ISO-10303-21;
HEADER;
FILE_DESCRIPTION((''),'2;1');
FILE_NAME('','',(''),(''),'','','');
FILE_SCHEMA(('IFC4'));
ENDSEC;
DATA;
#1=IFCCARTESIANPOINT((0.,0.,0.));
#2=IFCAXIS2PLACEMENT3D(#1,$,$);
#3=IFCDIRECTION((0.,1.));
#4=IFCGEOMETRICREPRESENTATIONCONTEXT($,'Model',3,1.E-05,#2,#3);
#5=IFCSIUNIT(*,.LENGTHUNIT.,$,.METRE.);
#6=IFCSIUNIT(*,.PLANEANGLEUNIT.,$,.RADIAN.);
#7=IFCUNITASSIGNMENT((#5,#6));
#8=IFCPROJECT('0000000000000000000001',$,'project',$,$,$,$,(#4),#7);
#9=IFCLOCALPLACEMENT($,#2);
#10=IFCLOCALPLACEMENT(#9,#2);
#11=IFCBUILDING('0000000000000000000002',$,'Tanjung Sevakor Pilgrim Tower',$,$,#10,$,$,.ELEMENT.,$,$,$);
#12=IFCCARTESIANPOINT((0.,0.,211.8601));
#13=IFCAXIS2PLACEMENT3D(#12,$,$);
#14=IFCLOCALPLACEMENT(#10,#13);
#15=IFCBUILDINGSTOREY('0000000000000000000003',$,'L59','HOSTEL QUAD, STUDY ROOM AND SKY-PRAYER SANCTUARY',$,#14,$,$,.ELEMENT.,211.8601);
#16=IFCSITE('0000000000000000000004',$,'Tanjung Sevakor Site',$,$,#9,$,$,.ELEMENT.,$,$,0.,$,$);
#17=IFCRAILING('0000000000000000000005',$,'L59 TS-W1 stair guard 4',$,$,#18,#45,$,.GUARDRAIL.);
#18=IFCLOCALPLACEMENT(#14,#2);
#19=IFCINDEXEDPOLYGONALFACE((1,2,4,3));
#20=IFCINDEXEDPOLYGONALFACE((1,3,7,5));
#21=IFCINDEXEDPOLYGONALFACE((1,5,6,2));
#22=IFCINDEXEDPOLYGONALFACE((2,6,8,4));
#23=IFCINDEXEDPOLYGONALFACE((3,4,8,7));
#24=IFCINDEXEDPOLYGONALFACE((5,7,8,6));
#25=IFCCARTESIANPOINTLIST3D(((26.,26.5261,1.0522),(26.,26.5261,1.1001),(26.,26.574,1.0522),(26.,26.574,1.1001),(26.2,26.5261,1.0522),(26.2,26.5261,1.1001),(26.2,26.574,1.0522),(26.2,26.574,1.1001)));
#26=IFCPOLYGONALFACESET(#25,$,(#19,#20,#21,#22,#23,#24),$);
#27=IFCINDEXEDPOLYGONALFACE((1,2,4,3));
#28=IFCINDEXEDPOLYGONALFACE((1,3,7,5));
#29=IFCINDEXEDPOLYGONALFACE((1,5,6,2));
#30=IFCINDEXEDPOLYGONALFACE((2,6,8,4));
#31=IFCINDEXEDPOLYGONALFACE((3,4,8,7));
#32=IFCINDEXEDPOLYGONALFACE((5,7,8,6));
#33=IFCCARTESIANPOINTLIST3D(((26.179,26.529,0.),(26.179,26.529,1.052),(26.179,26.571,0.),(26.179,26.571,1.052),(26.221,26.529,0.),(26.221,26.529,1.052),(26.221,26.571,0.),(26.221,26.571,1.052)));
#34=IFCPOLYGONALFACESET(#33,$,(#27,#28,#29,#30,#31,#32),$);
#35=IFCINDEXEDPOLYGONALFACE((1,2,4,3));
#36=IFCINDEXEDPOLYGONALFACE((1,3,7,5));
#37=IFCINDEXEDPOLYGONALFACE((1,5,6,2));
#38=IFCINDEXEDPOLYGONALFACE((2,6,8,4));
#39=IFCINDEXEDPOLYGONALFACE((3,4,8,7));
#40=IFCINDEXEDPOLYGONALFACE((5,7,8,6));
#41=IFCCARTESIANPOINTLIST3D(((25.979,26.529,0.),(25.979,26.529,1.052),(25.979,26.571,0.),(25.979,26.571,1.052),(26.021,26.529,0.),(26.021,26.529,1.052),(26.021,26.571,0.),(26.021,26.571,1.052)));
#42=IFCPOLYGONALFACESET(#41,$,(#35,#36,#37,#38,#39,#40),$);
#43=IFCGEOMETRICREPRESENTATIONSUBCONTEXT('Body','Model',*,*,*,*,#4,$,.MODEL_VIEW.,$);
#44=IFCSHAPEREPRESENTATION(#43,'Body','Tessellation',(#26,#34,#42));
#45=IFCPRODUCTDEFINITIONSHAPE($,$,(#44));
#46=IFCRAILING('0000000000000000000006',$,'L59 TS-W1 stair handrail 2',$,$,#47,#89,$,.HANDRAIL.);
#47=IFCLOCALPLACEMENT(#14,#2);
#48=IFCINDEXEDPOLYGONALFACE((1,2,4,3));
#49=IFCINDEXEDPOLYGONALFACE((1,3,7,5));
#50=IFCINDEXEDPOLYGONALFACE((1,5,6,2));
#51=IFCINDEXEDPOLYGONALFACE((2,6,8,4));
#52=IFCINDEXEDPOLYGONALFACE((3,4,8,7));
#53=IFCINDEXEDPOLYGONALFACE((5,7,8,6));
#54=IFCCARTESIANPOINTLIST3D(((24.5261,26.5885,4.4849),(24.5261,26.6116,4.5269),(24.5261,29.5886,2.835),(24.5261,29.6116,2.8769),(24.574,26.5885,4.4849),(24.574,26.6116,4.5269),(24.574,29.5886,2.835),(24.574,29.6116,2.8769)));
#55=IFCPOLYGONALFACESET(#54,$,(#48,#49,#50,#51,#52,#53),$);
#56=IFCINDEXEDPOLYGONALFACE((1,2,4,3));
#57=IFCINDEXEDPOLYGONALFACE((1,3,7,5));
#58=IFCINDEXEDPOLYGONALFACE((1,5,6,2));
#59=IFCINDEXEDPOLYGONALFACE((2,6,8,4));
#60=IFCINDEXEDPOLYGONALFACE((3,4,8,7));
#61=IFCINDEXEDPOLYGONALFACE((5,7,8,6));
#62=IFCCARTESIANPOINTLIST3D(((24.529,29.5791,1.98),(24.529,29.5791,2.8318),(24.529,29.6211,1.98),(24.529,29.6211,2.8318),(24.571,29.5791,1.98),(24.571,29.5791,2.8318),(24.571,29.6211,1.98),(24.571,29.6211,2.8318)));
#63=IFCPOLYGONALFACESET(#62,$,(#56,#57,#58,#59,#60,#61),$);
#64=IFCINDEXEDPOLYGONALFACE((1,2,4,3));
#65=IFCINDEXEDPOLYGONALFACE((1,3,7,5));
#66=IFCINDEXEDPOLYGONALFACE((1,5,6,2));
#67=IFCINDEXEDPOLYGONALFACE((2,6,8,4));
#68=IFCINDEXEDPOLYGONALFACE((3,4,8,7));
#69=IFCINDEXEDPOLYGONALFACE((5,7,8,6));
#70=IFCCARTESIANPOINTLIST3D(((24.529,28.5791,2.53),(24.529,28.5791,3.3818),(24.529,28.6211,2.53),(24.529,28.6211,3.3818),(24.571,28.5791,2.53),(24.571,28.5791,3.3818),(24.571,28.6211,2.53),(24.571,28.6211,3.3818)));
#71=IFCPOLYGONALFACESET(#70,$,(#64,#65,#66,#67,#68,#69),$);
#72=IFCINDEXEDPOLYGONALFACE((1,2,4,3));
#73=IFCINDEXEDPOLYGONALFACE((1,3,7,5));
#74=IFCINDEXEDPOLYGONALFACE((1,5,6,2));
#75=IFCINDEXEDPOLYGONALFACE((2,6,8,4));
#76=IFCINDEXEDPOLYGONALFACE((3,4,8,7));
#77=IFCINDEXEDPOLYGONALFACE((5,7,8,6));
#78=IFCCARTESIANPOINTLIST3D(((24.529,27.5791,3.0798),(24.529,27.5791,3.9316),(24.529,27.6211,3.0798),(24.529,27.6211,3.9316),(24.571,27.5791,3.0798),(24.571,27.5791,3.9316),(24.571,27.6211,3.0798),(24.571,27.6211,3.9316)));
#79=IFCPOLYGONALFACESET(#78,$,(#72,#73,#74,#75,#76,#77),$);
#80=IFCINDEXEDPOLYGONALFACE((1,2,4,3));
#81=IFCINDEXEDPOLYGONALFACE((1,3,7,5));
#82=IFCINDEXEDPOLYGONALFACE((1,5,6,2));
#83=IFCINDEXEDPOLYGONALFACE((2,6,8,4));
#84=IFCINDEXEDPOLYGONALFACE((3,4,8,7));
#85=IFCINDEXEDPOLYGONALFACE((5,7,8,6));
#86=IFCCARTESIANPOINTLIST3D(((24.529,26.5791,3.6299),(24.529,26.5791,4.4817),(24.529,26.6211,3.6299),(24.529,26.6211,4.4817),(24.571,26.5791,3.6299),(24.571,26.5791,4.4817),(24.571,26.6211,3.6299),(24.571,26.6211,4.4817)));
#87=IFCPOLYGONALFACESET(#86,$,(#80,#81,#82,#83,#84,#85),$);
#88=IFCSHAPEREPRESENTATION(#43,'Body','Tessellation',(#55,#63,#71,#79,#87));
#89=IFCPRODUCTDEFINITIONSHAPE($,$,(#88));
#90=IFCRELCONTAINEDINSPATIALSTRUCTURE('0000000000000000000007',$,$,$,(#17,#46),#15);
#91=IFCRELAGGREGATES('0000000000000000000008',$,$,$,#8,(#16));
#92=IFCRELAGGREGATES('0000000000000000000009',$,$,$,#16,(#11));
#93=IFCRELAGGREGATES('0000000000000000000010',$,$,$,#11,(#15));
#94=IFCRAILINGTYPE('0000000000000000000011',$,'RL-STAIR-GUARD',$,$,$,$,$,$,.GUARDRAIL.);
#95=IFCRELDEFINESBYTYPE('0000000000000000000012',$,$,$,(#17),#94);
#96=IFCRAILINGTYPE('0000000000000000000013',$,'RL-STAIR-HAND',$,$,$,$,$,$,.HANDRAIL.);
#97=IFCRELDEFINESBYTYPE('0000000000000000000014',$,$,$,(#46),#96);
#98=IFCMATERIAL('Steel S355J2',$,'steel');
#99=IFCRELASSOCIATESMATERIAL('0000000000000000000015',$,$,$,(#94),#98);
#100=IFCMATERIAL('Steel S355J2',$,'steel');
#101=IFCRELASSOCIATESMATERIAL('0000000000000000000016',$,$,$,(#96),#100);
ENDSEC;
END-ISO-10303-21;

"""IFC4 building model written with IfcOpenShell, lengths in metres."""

from ifc_helpers import new_model, si_unit, direction, frame, origin, place, context, subcontext, project, spatial, rectangle, extrude, material, type_object, element, save


model = new_model("IFC4")

# Units and contexts
model_context = context("Model", 3, precision=1e-05, world=origin(), true_north=direction((0.0, 1.0)))
body_context = subcontext(model_context, "Body", "Model", "MODEL_VIEW")
ifc_project = project(units=[si_unit("LENGTHUNIT", "METRE"), si_unit("PLANEANGLEUNIT", "RADIAN")], contexts=[model_context])

# Site, building, storey
site_placement = place(None, origin())
site = spatial("IfcSite", under=ifc_project, at=site_placement, Name="Tanjung Sevakor Site", CompositionType="ELEMENT", RefElevation=0.0)
building_placement = place(site_placement, origin())
building = spatial("IfcBuilding", under=site, at=building_placement, Name="Tanjung Sevakor Pilgrim Tower", CompositionType="ELEMENT")
storey_placement = place(building_placement, frame((0.0, 0.0, 211.8601)))
storey = spatial("IfcBuildingStorey", under=building, at=storey_placement, Name="L59", Description="HOSTEL QUAD, STUDY ROOM AND SKY-PRAYER SANCTUARY", CompositionType="ELEMENT", Elevation=211.8601)

# Railings
ifc_material_1 = material(Name="Steel S355J2", Category="steel")
railing_type_1 = type_object("IfcRailingType", Name="RL-STAIR-GUARD", PredefinedType="GUARDRAIL", material=ifc_material_1)
railing_1_placement = place(storey_placement, frame((26.2, 26.55, 0.0)))
element("IfcRailing", 1, at=railing_1_placement, inside=storey, type_object=railing_type_1, Name="L59 TS-W1 stair guard 4", PredefinedType="GUARDRAIL", context=body_context, shape_type="SweptSolid", body=[
    extrude(rectangle(XDim=0.0479, YDim=0.0479), frame((0.0, 0.0, 1.0762), z_axis=(-1.0, 0.0, 0.0), x_axis=(0.0, -1.0, 0.0)), (0.0, 0.0, 1.0), 0.2),
    extrude(rectangle(XDim=0.042, YDim=0.042), origin(), (0.0, 0.0, 1.0), 1.052),
    extrude(rectangle(XDim=0.042, YDim=0.042), frame((-0.2, 0.0, 0.0)), (0.0, 0.0, 1.0), 1.052),
])
ifc_material_2 = material(Name="Steel S355J2", Category="steel")
railing_type_2 = type_object("IfcRailingType", Name="RL-STAIR-HAND", PredefinedType="HANDRAIL", material=ifc_material_2)
railing_2_placement = place(storey_placement, frame((24.55, 29.6001, 1.98)))
element("IfcRailing", 2, at=railing_2_placement, inside=storey, type_object=railing_type_2, Name="L59 TS-W1 stair handrail 2", PredefinedType="HANDRAIL", context=body_context, shape_type="SweptSolid", body=[
    extrude(rectangle(XDim=0.0479, YDim=0.0479), frame((0.0, 0.0, 0.876), z_axis=(0.0, -0.876228, 0.481897), x_axis=(1.0, 0.0, 0.0)), (0.0, 0.0, 1.0), 3.4238),
    extrude(rectangle(XDim=0.042, YDim=0.042), origin(), (0.0, 0.0, 1.0), 0.8518),
    extrude(rectangle(XDim=0.042, YDim=0.042), frame((0.0, -1.0, 0.55)), (0.0, 0.0, 1.0), 0.8518),
    extrude(rectangle(XDim=0.042, YDim=0.042), frame((0.0, -2.0, 1.0999)), (0.0, 0.0, 1.0), 0.8518),
    extrude(rectangle(XDim=0.042, YDim=0.042), frame((0.0, -3.0, 1.6499)), (0.0, 0.0, 1.0), 0.8518),
])

save(model, "model.ifc")
